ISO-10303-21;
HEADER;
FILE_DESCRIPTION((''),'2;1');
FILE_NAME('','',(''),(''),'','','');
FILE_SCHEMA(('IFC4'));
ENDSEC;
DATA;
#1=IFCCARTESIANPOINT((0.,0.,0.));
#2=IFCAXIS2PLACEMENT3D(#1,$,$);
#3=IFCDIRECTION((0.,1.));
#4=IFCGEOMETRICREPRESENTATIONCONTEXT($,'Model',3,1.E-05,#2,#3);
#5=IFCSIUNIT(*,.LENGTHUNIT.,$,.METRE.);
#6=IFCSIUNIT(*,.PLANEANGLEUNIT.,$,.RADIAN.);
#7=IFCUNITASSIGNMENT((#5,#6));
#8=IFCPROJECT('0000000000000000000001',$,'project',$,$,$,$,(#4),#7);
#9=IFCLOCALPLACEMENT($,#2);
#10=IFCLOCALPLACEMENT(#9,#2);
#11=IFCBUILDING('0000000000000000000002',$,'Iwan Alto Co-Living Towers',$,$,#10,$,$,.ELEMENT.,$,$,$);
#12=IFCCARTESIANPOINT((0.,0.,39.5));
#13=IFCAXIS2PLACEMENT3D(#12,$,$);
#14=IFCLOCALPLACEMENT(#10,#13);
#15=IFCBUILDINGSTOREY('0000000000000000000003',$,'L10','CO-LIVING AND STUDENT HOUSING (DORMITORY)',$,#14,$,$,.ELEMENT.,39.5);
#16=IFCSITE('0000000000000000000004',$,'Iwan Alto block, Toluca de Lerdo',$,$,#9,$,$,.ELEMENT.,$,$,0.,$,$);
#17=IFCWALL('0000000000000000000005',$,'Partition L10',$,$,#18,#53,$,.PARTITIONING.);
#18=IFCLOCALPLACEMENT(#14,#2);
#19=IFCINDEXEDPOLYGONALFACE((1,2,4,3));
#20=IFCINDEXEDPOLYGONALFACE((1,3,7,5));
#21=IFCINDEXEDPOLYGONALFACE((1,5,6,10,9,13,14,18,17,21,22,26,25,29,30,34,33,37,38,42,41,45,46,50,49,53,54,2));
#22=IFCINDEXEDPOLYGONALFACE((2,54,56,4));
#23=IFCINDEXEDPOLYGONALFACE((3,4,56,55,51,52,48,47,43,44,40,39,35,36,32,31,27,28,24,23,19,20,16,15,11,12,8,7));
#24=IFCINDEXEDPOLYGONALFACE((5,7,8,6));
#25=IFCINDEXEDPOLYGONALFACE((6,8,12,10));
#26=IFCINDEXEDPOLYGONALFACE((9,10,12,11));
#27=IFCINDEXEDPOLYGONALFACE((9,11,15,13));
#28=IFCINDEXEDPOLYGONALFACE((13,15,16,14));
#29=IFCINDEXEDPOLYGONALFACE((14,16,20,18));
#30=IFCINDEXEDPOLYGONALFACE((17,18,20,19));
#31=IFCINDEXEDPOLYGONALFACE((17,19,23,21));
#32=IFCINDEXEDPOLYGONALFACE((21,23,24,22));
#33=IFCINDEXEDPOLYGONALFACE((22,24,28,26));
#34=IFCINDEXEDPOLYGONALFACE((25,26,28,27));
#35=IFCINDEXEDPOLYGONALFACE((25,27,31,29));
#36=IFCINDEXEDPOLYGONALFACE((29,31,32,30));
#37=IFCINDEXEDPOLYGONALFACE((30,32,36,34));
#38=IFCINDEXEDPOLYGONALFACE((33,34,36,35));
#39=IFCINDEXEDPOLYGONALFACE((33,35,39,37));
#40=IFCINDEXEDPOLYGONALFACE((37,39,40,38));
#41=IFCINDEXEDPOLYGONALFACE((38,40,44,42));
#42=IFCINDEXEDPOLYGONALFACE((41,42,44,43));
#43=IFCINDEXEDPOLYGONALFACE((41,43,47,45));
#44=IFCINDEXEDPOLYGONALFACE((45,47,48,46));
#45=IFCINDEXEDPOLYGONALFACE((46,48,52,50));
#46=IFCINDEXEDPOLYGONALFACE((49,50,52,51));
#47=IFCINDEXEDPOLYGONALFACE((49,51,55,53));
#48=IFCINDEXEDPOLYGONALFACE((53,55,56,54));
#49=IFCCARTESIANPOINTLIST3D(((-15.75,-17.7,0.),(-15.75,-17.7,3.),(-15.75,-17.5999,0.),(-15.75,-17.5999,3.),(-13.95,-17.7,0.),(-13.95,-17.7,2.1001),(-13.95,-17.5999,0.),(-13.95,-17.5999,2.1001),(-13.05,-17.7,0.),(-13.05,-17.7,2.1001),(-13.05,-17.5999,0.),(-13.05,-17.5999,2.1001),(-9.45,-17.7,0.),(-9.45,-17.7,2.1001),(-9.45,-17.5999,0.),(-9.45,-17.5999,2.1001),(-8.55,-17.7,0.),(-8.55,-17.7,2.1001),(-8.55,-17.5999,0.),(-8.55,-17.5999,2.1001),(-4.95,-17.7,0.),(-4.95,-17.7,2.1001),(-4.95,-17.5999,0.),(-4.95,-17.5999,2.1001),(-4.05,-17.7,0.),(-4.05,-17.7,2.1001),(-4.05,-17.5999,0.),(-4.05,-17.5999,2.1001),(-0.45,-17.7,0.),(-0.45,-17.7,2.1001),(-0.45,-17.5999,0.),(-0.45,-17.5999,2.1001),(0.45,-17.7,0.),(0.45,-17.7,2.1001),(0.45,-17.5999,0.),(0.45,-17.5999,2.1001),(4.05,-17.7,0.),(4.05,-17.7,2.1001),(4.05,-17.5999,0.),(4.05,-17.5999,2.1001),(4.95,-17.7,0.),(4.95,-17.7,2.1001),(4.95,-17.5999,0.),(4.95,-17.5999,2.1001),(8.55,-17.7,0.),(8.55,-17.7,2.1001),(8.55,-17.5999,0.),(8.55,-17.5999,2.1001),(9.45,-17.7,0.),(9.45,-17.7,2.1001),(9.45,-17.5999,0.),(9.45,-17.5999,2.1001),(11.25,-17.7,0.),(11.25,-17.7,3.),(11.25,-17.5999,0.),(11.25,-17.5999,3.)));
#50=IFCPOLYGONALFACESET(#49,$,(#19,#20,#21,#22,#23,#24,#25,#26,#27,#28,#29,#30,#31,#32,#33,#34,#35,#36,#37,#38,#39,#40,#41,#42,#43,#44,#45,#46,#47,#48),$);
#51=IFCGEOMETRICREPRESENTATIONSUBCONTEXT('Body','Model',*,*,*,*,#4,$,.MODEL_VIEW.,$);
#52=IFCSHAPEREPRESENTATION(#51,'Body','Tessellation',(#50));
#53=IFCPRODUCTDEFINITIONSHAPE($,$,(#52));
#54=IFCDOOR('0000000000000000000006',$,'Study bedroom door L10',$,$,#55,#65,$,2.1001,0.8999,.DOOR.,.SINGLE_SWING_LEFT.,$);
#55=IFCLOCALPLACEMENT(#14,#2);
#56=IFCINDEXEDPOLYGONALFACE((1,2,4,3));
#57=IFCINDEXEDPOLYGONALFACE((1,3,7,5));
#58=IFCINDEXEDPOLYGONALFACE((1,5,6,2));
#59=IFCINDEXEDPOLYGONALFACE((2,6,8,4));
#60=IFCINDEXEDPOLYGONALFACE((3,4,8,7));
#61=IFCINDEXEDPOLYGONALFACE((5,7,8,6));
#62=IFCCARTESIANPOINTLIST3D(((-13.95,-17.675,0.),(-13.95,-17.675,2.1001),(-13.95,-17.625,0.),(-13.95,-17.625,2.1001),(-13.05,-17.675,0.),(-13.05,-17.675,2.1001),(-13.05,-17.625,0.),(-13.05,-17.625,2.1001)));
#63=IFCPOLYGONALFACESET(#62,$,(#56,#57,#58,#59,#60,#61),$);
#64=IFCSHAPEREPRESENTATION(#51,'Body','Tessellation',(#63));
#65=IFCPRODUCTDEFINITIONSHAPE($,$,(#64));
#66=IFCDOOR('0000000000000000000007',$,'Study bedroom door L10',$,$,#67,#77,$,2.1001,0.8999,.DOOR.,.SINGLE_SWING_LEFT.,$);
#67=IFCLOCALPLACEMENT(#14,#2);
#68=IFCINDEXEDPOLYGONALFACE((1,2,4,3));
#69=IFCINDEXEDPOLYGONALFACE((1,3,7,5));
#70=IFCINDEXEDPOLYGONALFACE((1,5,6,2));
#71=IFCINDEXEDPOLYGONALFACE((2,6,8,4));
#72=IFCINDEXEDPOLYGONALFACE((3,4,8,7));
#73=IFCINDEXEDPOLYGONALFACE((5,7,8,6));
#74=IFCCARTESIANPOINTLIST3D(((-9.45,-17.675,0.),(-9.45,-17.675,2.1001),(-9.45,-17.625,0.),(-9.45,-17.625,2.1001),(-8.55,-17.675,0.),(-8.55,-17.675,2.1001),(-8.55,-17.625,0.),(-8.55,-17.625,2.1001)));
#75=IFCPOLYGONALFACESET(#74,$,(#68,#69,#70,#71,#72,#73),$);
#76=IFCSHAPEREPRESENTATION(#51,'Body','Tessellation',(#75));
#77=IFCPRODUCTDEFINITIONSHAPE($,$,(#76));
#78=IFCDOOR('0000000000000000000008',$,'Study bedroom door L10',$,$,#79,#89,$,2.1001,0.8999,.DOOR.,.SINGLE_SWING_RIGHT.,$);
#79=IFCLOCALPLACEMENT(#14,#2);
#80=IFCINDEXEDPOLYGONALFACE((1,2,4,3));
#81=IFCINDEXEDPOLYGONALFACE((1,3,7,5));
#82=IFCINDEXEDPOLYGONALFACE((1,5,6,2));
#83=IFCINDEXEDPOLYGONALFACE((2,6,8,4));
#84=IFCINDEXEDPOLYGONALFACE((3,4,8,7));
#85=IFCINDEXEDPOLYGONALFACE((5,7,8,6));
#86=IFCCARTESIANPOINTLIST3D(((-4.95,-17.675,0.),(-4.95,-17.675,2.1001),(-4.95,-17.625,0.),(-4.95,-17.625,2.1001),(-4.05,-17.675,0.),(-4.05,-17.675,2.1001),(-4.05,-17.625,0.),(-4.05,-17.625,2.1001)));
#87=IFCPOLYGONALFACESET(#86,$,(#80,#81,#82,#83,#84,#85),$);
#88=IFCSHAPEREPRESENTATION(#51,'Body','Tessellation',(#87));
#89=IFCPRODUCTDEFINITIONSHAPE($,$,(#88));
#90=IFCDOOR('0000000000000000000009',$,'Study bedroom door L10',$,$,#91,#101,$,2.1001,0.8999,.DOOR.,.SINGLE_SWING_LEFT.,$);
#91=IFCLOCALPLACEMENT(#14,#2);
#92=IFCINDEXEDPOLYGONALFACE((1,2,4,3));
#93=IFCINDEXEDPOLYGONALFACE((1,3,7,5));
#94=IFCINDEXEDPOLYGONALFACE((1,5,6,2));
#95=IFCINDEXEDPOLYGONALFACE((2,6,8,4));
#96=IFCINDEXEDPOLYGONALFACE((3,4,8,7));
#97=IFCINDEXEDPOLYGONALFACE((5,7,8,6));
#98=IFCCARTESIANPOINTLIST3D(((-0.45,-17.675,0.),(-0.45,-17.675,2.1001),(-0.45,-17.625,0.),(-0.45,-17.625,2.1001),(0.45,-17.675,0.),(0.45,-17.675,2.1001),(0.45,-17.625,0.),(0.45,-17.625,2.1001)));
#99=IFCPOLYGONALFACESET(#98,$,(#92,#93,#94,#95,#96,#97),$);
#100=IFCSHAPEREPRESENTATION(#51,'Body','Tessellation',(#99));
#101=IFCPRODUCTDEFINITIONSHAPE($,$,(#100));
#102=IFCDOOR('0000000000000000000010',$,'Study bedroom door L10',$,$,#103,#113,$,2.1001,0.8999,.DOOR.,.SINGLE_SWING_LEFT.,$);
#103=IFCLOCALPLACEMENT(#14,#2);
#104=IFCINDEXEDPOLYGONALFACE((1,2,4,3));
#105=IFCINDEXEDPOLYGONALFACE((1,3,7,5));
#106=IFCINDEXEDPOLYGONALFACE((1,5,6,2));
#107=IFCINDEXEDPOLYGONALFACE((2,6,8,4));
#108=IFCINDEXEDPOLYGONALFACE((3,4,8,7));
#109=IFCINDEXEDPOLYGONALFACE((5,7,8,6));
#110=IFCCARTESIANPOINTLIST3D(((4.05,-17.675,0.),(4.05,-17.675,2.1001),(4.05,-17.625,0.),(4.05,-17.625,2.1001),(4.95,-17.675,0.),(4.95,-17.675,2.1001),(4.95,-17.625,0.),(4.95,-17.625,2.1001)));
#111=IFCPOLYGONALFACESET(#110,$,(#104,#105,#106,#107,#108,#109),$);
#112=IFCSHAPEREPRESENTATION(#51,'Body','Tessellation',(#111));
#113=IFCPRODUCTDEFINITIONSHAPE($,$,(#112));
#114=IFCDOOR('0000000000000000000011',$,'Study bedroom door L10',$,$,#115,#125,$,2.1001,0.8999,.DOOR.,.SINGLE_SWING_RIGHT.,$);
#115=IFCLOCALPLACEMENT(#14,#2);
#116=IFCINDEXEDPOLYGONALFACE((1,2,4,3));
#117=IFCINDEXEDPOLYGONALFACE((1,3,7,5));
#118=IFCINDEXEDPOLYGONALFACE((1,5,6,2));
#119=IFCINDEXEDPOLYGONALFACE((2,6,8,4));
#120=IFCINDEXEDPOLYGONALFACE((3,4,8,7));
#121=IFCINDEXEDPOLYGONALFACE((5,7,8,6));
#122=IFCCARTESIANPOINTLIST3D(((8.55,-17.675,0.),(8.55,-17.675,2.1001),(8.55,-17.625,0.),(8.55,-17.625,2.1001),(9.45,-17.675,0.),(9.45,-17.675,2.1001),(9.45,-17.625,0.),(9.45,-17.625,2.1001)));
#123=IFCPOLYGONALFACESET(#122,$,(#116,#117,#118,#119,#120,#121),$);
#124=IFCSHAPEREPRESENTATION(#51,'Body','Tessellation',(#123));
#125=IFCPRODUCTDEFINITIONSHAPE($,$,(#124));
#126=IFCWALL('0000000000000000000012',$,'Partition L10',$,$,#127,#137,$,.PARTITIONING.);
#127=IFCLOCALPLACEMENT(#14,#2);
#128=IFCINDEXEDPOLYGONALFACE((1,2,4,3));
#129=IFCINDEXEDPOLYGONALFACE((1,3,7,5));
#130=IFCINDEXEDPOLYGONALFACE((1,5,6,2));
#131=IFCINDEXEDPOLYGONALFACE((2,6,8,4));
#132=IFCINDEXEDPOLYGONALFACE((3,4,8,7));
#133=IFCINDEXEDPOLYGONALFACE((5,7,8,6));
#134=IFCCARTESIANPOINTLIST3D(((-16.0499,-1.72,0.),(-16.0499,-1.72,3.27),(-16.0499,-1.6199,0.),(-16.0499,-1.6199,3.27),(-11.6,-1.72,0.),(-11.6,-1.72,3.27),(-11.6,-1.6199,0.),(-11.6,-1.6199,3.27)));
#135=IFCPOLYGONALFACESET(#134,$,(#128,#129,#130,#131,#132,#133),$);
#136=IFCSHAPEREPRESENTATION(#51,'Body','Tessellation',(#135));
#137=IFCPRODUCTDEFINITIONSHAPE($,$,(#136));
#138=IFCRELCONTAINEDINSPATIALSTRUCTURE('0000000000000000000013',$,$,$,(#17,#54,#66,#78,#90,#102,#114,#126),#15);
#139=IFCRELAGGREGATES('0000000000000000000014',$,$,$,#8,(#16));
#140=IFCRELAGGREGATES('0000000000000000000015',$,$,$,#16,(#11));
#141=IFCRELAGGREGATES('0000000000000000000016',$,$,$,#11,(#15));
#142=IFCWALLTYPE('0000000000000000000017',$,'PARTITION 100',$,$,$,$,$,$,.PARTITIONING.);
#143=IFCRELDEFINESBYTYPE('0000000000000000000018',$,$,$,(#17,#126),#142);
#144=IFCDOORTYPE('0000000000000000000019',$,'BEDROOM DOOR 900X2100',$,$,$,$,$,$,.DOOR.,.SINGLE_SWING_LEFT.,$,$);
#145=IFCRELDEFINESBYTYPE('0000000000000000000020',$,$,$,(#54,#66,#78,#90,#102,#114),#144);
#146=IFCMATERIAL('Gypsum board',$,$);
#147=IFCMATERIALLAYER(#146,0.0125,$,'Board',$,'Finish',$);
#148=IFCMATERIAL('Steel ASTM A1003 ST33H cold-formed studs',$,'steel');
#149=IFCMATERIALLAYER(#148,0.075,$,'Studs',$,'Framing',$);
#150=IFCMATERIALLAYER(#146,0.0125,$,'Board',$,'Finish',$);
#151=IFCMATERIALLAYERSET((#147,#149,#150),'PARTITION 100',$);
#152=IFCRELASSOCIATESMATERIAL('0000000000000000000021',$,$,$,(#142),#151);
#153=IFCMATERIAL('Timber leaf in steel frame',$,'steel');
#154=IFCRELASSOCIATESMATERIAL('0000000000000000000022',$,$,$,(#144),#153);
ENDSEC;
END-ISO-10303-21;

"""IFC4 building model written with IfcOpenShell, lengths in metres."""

from ifc_helpers import new_model, si_unit, direction, frame, frame_2d, origin, place, context, subcontext, project, spatial, rectangle, extrude, material, layer, layer_set, type_object, element, fill, save


model = new_model("IFC4")

# Units and contexts
model_context = context("Model", 3, precision=1e-05, world=origin(), true_north=direction((0.0, 1.0)))
body_context = subcontext(model_context, "Body", "Model", "MODEL_VIEW")
ifc_project = project(units=[si_unit("LENGTHUNIT", "METRE"), si_unit("PLANEANGLEUNIT", "RADIAN")], contexts=[model_context])

# Site, building, storey
site_placement = place(None, origin())
site = spatial("IfcSite", under=ifc_project, at=site_placement, Name="Iwan Alto block, Toluca de Lerdo", CompositionType="ELEMENT", RefElevation=0.0)
building_placement = place(site_placement, origin())
building = spatial("IfcBuilding", under=site, at=building_placement, Name="Iwan Alto Co-Living Towers", CompositionType="ELEMENT")
storey_placement = place(building_placement, frame((0.0, 0.0, 39.5)))
storey = spatial("IfcBuildingStorey", under=building, at=storey_placement, Name="L10", Description="CO-LIVING AND STUDENT HOUSING (DORMITORY)", CompositionType="ELEMENT", Elevation=39.5)

# Wall, openings, doors
ifc_material_1 = material(Name="Gypsum board")
ifc_layer_1 = layer(ifc_material_1, 0.0125, Name="Board", Category="Finish")
ifc_material_2 = material(Name="Steel ASTM A1003 ST33H cold-formed studs", Category="steel")
ifc_layer_2 = layer(ifc_material_2, 0.075, Name="Studs", Category="Framing")
ifc_layer_3 = layer(ifc_material_1, 0.0125, Name="Board", Category="Finish")
ifc_layer_set_1 = layer_set([ifc_layer_1, ifc_layer_2, ifc_layer_3], Name="PARTITION 100")
wall_type_1 = type_object("IfcWallType", Name="PARTITION 100", PredefinedType="PARTITIONING", material=ifc_layer_set_1)
wall_1_placement = place(storey_placement, frame((-15.75, -17.6499, 0.0), z_axis=(0.0, 0.0, 1.0), x_axis=(1.0, 0.0, 0.0)))
wall_1 = element("IfcWall", 1, at=wall_1_placement, inside=storey, type_object=wall_type_1, Name="Partition L10", PredefinedType="PARTITIONING", context=body_context, shape_type="SweptSolid", body=[
    extrude(rectangle(XDim=27.0, YDim=0.1001, at=frame_2d((13.5, 0.0))), origin(), (0.0, 0.0, 1.0), 3.0),
])
opening_1_placement = place(wall_1_placement, frame((1.8, 0.0, 0.0)))
opening_1 = element("IfcOpeningElement", 2, at=opening_1_placement, cuts=wall_1, PredefinedType="OPENING", context=body_context, shape_type="SweptSolid", body=[
    extrude(rectangle(XDim=0.8999, YDim=2.1001, at=frame_2d((0.45, 1.05))), frame((0.0, 0.0601, 0.0), z_axis=(0.0, -1.0, 0.0), x_axis=(1.0, 0.0, 0.0)), (0.0, 0.0, 1.0), 0.1201),
])
opening_2_placement = place(wall_1_placement, frame((6.3, 0.0, 0.0)))
opening_2 = element("IfcOpeningElement", 3, at=opening_2_placement, cuts=wall_1, PredefinedType="OPENING", context=body_context, shape_type="SweptSolid", body=[
    extrude(rectangle(XDim=0.8999, YDim=2.1001, at=frame_2d((0.45, 1.05))), frame((0.0, 0.0601, 0.0), z_axis=(0.0, -1.0, 0.0), x_axis=(1.0, 0.0, 0.0)), (0.0, 0.0, 1.0), 0.1201),
])
opening_3_placement = place(wall_1_placement, frame((10.8, 0.0, 0.0)))
opening_3 = element("IfcOpeningElement", 4, at=opening_3_placement, cuts=wall_1, PredefinedType="OPENING", context=body_context, shape_type="SweptSolid", body=[
    extrude(rectangle(XDim=0.8999, YDim=2.1001, at=frame_2d((0.45, 1.05))), frame((0.0, 0.0601, 0.0), z_axis=(0.0, -1.0, 0.0), x_axis=(1.0, 0.0, 0.0)), (0.0, 0.0, 1.0), 0.1201),
])
opening_4_placement = place(wall_1_placement, frame((15.3, 0.0, 0.0)))
opening_4 = element("IfcOpeningElement", 5, at=opening_4_placement, cuts=wall_1, PredefinedType="OPENING", context=body_context, shape_type="SweptSolid", body=[
    extrude(rectangle(XDim=0.8999, YDim=2.1001, at=frame_2d((0.45, 1.05))), frame((0.0, 0.0601, 0.0), z_axis=(0.0, -1.0, 0.0), x_axis=(1.0, 0.0, 0.0)), (0.0, 0.0, 1.0), 0.1201),
])
opening_5_placement = place(wall_1_placement, frame((19.8, 0.0, 0.0)))
opening_5 = element("IfcOpeningElement", 6, at=opening_5_placement, cuts=wall_1, PredefinedType="OPENING", context=body_context, shape_type="SweptSolid", body=[
    extrude(rectangle(XDim=0.8999, YDim=2.1001, at=frame_2d((0.45, 1.05))), frame((0.0, 0.0601, 0.0), z_axis=(0.0, -1.0, 0.0), x_axis=(1.0, 0.0, 0.0)), (0.0, 0.0, 1.0), 0.1201),
])
opening_6_placement = place(wall_1_placement, frame((24.3, 0.0, 0.0)))
opening_6 = element("IfcOpeningElement", 7, at=opening_6_placement, cuts=wall_1, PredefinedType="OPENING", context=body_context, shape_type="SweptSolid", body=[
    extrude(rectangle(XDim=0.8999, YDim=2.1001, at=frame_2d((0.45, 1.05))), frame((0.0, 0.0601, 0.0), z_axis=(0.0, -1.0, 0.0), x_axis=(1.0, 0.0, 0.0)), (0.0, 0.0, 1.0), 0.1201),
])
ifc_material_3 = material(Name="Timber leaf in steel frame", Category="steel")
door_type_1 = type_object("IfcDoorType", Name="BEDROOM DOOR 900X2100", OperationType="SINGLE_SWING_LEFT", PredefinedType="DOOR", material=ifc_material_3)
door_1_placement = place(opening_1_placement, origin())
door_1 = element("IfcDoor", 8, at=door_1_placement, inside=storey, type_object=door_type_1, Name="Study bedroom door L10", OperationType="SINGLE_SWING_LEFT", OverallHeight=2.1001, OverallWidth=0.8999, PredefinedType="DOOR", context=body_context, shape_type="SweptSolid", body=[
    extrude(rectangle(XDim=0.8999, YDim=2.1001, at=frame_2d((0.45, 1.05))), frame((0.0, 0.0249, 0.0), z_axis=(0.0, -1.0, 0.0), x_axis=(1.0, 0.0, 0.0)), (0.0, 0.0, 1.0), 0.05),
])
fill(opening_1, door_1)
door_2_placement = place(opening_2_placement, origin())
door_2 = element("IfcDoor", 9, at=door_2_placement, inside=storey, type_object=door_type_1, Name="Study bedroom door L10", OperationType="SINGLE_SWING_LEFT", OverallHeight=2.1001, OverallWidth=0.8999, PredefinedType="DOOR", context=body_context, shape_type="SweptSolid", body=[
    extrude(rectangle(XDim=0.8999, YDim=2.1001, at=frame_2d((0.45, 1.05))), frame((0.0, 0.0249, 0.0), z_axis=(0.0, -1.0, 0.0), x_axis=(1.0, 0.0, 0.0)), (0.0, 0.0, 1.0), 0.05),
])
fill(opening_2, door_2)
door_3_placement = place(opening_3_placement, origin())
door_3 = element("IfcDoor", 10, at=door_3_placement, inside=storey, type_object=door_type_1, Name="Study bedroom door L10", OperationType="SINGLE_SWING_RIGHT", OverallHeight=2.1001, OverallWidth=0.8999, PredefinedType="DOOR", context=body_context, shape_type="SweptSolid", body=[
    extrude(rectangle(XDim=0.8999, YDim=2.1001, at=frame_2d((0.45, 1.05))), frame((0.0, 0.0249, 0.0), z_axis=(0.0, -1.0, 0.0), x_axis=(1.0, 0.0, 0.0)), (0.0, 0.0, 1.0), 0.05),
])
fill(opening_3, door_3)
door_4_placement = place(opening_4_placement, origin())
door_4 = element("IfcDoor", 11, at=door_4_placement, inside=storey, type_object=door_type_1, Name="Study bedroom door L10", OperationType="SINGLE_SWING_LEFT", OverallHeight=2.1001, OverallWidth=0.8999, PredefinedType="DOOR", context=body_context, shape_type="SweptSolid", body=[
    extrude(rectangle(XDim=0.8999, YDim=2.1001, at=frame_2d((0.45, 1.05))), frame((0.0, 0.0249, 0.0), z_axis=(0.0, -1.0, 0.0), x_axis=(1.0, 0.0, 0.0)), (0.0, 0.0, 1.0), 0.05),
])
fill(opening_4, door_4)
door_5_placement = place(opening_5_placement, origin())
door_5 = element("IfcDoor", 12, at=door_5_placement, inside=storey, type_object=door_type_1, Name="Study bedroom door L10", OperationType="SINGLE_SWING_LEFT", OverallHeight=2.1001, OverallWidth=0.8999, PredefinedType="DOOR", context=body_context, shape_type="SweptSolid", body=[
    extrude(rectangle(XDim=0.8999, YDim=2.1001, at=frame_2d((0.45, 1.05))), frame((0.0, 0.0249, 0.0), z_axis=(0.0, -1.0, 0.0), x_axis=(1.0, 0.0, 0.0)), (0.0, 0.0, 1.0), 0.05),
])
fill(opening_5, door_5)
door_6_placement = place(opening_6_placement, origin())
door_6 = element("IfcDoor", 13, at=door_6_placement, inside=storey, type_object=door_type_1, Name="Study bedroom door L10", OperationType="SINGLE_SWING_RIGHT", OverallHeight=2.1001, OverallWidth=0.8999, PredefinedType="DOOR", context=body_context, shape_type="SweptSolid", body=[
    extrude(rectangle(XDim=0.8999, YDim=2.1001, at=frame_2d((0.45, 1.05))), frame((0.0, 0.0249, 0.0), z_axis=(0.0, -1.0, 0.0), x_axis=(1.0, 0.0, 0.0)), (0.0, 0.0, 1.0), 0.05),
])
fill(opening_6, door_6)

# Wall
wall_2_placement = place(storey_placement, frame((-16.05, -1.6699, 0.0), z_axis=(0.0, 0.0, 1.0), x_axis=(1.0, 0.0, 0.0)))
element("IfcWall", 14, at=wall_2_placement, inside=storey, type_object=wall_type_1, Name="Partition L10", PredefinedType="PARTITIONING", context=body_context, shape_type="SweptSolid", body=[
    extrude(rectangle(XDim=4.45, YDim=0.1001, at=frame_2d((2.2251, 0.0))), origin(), (0.0, 0.0, 1.0), 3.27),
])

save(model, "model.ifc")
